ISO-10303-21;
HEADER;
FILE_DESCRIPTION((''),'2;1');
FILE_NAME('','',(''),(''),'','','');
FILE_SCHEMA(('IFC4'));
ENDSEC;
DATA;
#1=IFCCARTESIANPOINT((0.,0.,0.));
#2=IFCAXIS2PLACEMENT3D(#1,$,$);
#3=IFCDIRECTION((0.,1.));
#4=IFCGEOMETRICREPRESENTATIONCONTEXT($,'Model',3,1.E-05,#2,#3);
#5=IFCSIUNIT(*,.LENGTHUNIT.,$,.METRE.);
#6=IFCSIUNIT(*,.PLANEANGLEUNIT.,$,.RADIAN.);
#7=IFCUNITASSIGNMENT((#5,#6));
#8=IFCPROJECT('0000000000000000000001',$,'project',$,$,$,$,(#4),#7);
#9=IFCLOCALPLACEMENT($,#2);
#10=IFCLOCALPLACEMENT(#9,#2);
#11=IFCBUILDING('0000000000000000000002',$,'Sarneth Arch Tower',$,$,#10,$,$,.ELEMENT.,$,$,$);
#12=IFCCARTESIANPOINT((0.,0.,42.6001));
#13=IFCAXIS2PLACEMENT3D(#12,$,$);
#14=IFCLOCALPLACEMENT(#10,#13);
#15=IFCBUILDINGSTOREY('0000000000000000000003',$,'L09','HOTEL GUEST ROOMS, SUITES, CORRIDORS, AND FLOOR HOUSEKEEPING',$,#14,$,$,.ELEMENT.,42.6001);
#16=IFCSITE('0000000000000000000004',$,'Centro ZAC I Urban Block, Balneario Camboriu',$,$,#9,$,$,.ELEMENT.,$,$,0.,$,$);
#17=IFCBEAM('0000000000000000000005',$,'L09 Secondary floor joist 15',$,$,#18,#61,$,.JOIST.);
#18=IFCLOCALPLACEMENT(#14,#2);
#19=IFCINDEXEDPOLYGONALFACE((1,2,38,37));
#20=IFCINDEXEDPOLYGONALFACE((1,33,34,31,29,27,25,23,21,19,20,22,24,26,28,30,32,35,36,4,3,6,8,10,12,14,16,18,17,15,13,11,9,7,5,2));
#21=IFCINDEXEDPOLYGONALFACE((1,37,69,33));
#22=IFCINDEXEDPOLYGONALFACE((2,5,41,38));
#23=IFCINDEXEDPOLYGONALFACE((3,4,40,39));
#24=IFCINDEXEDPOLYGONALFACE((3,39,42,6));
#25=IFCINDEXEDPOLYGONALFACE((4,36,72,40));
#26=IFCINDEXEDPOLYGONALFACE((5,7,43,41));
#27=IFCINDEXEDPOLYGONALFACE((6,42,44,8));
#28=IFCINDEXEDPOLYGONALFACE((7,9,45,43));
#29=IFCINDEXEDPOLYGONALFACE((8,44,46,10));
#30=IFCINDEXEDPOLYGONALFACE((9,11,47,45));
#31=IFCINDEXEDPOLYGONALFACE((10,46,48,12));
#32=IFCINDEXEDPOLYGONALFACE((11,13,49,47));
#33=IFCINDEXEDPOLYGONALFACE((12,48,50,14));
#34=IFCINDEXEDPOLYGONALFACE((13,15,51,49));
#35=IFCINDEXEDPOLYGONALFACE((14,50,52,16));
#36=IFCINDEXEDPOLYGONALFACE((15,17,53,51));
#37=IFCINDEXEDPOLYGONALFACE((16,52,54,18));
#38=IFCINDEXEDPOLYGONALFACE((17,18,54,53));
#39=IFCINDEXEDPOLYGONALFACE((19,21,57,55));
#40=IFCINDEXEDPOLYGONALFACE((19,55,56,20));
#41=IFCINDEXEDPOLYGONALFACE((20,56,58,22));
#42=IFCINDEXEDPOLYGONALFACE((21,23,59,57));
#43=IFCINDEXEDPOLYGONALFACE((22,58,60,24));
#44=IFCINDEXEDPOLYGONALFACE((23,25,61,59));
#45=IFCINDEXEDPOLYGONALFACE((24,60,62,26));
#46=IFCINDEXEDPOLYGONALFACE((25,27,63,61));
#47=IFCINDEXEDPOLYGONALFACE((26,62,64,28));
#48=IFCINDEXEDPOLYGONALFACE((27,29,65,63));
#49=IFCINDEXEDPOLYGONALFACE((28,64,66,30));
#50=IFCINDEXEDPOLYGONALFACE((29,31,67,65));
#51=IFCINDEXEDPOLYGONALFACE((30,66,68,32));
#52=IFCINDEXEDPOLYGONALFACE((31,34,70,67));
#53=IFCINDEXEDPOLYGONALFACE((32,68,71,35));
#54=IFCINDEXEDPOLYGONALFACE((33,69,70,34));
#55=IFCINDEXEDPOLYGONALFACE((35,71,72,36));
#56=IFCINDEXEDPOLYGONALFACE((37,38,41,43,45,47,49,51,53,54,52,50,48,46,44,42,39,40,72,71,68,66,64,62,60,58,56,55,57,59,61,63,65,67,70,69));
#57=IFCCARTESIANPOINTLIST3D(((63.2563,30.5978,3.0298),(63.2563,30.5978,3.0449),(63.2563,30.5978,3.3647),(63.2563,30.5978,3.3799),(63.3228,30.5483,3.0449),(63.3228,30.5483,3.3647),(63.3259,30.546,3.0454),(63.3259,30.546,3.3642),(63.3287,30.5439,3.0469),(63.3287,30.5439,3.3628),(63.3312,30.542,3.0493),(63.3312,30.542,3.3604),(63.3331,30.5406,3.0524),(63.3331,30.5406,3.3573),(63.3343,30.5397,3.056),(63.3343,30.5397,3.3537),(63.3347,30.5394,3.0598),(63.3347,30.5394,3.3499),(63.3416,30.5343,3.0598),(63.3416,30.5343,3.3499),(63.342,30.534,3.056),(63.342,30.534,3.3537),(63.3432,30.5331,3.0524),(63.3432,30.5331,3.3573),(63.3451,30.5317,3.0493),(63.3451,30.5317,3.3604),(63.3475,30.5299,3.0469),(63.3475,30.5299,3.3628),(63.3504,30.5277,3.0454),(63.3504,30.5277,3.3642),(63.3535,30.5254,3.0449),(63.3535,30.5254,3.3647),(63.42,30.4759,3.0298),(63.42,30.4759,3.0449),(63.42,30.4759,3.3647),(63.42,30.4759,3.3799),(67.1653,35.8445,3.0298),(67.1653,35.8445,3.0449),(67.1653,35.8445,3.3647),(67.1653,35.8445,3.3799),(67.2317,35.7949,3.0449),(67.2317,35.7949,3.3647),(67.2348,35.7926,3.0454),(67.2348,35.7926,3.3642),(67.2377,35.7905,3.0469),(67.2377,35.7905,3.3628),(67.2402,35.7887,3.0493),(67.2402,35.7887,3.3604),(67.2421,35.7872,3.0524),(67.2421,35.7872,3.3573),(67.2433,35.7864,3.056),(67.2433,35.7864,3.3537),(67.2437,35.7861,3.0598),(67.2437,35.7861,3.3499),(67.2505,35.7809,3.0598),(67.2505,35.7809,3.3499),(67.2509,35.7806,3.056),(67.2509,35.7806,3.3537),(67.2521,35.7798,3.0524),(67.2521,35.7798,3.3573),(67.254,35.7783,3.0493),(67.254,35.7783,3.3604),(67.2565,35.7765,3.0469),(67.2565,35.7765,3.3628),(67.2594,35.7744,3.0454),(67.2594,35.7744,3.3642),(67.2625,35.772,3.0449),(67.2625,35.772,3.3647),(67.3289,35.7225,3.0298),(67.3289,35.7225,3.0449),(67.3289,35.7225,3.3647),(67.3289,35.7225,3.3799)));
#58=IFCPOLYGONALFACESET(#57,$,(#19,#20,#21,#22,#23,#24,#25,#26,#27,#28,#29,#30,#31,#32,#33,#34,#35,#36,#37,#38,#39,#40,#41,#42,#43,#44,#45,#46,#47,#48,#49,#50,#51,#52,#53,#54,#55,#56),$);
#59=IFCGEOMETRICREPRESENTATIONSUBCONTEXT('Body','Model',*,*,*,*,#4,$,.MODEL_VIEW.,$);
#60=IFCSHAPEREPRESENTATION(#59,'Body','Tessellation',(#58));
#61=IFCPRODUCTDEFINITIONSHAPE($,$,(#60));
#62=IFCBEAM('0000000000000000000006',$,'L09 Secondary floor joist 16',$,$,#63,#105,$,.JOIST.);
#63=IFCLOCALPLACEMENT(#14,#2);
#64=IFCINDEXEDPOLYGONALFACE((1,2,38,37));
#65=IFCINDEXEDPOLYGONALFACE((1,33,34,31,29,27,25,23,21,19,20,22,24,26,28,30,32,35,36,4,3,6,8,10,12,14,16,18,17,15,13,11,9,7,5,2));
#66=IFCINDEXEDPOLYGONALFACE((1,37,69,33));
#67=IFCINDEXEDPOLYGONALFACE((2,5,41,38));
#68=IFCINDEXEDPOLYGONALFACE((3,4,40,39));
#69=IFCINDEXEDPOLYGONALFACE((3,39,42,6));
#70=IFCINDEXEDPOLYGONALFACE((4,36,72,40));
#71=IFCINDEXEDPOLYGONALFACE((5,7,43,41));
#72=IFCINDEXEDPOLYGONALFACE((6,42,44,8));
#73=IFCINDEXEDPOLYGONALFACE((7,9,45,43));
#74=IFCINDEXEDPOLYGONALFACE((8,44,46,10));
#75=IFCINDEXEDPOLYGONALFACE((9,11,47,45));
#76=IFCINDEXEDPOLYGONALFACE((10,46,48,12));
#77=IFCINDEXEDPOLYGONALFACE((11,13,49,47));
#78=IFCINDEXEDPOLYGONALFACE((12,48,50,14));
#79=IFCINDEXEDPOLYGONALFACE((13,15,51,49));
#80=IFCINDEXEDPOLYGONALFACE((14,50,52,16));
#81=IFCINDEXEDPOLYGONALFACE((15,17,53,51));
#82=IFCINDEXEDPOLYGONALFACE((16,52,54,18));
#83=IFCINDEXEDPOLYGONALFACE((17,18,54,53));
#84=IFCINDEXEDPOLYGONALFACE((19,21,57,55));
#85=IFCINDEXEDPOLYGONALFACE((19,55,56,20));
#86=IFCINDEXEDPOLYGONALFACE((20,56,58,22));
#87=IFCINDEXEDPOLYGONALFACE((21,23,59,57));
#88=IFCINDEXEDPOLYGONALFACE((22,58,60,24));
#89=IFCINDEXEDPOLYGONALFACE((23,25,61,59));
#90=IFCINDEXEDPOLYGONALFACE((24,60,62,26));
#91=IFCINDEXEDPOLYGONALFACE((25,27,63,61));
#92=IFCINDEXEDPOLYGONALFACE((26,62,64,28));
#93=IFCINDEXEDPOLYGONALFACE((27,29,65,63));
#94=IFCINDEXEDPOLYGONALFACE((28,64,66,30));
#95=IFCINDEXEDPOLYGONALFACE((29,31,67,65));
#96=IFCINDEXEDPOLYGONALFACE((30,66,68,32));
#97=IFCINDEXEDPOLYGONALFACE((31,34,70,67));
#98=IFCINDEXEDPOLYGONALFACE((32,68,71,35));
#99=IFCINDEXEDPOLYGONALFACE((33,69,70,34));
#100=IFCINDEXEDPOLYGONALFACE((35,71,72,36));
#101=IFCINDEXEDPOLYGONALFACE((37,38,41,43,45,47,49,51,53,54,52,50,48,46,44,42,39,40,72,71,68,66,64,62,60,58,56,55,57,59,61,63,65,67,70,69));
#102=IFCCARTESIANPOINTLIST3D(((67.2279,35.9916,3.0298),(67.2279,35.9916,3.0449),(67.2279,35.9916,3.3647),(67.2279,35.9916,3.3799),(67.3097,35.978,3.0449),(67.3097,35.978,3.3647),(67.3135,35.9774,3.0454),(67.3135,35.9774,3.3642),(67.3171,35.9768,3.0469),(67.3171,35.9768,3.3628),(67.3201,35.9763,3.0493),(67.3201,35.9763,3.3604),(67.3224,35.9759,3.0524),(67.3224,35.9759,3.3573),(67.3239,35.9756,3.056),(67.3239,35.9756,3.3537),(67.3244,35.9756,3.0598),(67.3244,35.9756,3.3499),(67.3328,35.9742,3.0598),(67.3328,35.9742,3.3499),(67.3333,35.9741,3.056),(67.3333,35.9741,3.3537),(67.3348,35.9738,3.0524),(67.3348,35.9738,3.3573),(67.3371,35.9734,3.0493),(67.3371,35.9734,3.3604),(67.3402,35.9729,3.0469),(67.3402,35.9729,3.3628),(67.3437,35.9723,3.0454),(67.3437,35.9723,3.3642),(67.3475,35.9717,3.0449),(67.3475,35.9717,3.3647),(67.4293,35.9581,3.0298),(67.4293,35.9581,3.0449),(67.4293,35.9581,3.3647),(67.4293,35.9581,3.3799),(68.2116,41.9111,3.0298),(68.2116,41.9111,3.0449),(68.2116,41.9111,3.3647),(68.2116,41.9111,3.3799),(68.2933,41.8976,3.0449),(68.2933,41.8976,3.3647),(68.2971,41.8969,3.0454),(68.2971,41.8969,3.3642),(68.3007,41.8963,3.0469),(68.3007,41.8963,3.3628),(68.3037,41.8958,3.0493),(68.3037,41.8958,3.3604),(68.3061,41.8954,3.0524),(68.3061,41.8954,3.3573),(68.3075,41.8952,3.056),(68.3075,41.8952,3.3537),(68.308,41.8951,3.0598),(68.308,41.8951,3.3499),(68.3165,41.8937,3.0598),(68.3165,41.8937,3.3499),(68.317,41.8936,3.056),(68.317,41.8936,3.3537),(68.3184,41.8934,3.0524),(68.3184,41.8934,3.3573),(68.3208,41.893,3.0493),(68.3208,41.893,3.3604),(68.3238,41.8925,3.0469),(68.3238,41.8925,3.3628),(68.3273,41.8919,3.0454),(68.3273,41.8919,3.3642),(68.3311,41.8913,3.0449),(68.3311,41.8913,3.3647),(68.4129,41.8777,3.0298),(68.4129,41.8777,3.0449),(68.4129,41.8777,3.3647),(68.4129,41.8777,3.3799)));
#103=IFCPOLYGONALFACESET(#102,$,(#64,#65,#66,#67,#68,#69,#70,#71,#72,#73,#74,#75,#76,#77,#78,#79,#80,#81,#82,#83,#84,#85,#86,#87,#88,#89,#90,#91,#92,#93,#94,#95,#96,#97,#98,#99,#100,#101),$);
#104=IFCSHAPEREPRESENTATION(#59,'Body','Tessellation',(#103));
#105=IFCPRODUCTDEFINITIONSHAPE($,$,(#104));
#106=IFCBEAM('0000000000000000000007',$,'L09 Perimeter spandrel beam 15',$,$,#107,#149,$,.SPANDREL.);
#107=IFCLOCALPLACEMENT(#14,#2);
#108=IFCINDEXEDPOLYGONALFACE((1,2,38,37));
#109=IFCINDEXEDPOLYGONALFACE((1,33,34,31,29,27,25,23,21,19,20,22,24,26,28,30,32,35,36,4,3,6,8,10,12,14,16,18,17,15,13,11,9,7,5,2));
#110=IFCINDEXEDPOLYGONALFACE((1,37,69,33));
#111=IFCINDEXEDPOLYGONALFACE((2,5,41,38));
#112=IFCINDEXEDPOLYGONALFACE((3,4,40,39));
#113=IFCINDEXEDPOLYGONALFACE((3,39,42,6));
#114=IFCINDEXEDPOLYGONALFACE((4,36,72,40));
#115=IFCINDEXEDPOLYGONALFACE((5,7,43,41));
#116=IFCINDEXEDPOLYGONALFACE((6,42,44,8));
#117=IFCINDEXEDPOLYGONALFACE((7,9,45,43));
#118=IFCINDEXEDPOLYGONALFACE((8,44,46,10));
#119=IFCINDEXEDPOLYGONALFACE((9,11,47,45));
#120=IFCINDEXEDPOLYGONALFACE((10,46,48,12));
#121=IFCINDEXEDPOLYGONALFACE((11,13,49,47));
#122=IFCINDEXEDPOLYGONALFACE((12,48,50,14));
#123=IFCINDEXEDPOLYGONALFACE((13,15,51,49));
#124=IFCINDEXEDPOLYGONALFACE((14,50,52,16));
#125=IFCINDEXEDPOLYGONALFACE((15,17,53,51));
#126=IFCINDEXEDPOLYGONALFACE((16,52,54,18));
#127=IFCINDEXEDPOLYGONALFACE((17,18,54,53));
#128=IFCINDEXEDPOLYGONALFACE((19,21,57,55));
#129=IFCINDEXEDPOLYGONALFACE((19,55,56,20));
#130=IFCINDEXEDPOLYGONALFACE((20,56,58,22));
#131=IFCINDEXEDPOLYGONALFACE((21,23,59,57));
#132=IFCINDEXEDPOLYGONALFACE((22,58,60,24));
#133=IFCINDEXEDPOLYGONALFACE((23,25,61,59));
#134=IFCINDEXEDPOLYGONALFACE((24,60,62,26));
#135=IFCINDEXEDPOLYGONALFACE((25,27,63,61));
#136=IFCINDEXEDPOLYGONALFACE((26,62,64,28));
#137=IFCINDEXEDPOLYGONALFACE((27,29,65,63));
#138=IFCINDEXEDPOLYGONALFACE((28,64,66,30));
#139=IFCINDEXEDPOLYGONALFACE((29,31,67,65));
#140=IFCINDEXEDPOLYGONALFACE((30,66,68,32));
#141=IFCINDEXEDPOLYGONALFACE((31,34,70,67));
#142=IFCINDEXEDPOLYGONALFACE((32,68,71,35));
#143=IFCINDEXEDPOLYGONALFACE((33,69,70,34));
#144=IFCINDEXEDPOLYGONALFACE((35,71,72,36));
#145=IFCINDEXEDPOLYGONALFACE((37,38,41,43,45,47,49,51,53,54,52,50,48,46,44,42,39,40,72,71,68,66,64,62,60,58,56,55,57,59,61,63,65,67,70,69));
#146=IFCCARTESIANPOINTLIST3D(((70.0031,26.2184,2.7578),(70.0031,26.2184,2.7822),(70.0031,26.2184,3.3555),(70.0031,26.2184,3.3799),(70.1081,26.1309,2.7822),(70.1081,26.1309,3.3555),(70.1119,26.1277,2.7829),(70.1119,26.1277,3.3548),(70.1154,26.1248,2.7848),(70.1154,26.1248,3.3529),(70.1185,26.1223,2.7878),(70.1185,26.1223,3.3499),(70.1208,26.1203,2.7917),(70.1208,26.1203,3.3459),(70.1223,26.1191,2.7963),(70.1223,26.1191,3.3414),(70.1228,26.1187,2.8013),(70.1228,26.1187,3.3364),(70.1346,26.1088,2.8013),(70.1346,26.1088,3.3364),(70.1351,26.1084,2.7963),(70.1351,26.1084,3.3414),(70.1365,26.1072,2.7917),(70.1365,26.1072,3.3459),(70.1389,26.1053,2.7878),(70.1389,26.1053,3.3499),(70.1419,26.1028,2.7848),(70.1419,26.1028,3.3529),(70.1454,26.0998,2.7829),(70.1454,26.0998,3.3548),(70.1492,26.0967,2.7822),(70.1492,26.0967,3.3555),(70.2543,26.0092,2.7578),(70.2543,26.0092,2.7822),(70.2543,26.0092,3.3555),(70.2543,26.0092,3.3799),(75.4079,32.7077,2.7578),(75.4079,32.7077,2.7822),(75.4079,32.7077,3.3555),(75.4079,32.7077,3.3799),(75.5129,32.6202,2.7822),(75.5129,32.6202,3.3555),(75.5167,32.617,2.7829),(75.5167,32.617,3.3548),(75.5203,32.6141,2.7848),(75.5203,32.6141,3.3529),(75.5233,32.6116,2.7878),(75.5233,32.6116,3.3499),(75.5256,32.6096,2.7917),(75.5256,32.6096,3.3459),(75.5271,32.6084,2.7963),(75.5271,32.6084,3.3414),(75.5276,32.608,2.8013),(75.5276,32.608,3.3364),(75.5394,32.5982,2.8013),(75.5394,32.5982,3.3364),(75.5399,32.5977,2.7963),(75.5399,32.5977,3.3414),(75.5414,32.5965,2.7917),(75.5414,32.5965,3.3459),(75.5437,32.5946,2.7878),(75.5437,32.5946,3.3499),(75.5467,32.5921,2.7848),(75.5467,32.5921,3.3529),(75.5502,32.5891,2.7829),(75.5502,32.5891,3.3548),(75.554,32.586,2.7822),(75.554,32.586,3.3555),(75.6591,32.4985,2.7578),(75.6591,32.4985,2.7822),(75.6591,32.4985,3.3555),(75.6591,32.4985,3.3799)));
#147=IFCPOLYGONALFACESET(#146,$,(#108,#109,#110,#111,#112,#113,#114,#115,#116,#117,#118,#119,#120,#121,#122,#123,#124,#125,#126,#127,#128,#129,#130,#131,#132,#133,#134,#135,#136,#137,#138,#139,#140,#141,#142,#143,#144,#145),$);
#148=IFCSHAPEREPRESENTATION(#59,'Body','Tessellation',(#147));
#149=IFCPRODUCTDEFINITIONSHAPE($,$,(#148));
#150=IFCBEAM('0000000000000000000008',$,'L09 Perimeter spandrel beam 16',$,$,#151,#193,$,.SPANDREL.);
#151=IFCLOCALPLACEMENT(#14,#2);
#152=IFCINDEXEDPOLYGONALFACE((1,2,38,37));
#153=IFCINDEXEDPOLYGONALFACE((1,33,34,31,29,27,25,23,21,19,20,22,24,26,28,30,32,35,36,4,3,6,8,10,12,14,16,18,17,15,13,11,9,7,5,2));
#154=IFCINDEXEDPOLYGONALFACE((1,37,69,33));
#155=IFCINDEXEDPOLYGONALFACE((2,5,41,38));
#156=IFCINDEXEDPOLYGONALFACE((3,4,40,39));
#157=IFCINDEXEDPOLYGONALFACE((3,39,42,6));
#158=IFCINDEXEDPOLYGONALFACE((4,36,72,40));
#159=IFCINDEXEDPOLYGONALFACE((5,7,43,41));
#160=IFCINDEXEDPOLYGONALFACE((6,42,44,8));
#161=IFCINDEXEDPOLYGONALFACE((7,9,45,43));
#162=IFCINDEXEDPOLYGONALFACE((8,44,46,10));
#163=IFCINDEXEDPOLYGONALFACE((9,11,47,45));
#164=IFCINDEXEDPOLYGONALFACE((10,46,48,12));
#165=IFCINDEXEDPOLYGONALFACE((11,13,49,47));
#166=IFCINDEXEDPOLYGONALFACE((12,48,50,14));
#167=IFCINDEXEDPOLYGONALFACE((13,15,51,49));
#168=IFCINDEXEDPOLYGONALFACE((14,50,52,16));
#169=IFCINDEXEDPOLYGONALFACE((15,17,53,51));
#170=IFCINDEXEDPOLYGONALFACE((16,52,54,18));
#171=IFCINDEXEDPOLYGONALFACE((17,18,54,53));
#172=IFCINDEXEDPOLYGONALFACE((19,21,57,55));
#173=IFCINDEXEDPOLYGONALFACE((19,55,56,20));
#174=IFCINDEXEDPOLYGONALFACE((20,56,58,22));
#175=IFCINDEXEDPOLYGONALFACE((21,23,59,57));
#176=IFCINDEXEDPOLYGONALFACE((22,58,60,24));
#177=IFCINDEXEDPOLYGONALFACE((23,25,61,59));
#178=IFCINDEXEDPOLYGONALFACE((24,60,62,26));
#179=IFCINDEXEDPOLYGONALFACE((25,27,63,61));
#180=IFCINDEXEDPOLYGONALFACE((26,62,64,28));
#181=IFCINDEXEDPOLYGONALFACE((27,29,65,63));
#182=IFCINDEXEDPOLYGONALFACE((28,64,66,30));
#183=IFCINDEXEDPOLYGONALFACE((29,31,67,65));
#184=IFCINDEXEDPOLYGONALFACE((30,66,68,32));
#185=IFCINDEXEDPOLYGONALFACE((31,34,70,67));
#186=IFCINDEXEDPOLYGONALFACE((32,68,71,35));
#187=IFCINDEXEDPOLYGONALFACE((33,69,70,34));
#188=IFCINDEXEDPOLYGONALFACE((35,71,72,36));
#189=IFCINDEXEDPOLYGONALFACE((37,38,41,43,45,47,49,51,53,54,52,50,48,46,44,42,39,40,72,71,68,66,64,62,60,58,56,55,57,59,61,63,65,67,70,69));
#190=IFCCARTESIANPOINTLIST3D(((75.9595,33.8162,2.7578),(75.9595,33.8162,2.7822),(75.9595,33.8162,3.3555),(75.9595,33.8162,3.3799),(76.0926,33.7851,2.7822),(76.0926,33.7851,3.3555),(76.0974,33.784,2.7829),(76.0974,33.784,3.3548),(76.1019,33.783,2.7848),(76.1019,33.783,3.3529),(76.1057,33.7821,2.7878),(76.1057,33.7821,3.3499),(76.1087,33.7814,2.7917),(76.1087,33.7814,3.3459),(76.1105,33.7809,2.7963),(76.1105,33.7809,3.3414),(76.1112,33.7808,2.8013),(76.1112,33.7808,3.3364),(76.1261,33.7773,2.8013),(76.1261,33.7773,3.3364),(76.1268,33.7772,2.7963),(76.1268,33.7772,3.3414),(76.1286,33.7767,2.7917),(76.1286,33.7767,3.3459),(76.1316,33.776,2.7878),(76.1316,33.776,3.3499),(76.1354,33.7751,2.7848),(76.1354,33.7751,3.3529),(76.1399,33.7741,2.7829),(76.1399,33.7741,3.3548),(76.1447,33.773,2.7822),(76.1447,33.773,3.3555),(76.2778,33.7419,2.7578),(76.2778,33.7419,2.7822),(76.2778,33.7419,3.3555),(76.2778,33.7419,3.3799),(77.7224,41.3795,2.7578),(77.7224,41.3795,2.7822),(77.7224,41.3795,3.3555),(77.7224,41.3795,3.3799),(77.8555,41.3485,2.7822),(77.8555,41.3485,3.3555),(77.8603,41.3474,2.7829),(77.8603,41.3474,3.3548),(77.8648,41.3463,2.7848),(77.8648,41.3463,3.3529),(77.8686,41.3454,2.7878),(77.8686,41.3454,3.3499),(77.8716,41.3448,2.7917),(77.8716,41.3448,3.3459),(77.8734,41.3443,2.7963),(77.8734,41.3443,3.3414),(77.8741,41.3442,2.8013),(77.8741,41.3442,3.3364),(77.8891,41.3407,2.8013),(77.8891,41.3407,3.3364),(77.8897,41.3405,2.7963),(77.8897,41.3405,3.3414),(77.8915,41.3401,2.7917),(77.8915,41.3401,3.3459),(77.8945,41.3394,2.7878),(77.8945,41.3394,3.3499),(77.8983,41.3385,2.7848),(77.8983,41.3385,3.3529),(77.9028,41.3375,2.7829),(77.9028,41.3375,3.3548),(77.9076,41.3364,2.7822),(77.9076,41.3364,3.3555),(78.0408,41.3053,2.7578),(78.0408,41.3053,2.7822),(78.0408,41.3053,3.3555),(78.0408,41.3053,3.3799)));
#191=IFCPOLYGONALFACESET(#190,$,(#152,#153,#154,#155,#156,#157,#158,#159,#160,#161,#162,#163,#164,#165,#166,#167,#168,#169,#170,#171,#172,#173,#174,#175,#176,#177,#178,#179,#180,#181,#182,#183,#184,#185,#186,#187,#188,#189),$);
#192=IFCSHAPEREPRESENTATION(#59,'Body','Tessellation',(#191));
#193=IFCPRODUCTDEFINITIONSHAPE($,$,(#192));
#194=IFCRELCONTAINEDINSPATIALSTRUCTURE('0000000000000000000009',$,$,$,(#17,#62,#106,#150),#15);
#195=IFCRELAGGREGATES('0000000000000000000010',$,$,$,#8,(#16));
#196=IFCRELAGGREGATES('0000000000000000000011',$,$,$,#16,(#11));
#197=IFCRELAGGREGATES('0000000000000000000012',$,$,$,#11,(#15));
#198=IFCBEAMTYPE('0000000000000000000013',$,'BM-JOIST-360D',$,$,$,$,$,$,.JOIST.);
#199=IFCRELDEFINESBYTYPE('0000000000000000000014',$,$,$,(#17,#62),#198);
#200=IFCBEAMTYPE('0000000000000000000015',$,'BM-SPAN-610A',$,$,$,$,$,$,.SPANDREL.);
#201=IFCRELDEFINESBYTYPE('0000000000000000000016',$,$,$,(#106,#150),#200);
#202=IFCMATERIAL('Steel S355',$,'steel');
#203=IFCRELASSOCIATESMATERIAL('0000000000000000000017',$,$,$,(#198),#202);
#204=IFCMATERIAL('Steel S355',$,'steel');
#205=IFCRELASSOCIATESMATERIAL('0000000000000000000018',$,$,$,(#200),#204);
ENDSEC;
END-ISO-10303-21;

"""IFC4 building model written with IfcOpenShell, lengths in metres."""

from ifc_helpers import new_model, si_unit, direction, frame, origin, origin_2d, place, context, subcontext, project, spatial, i_section, extrude, material, material_profile, profile_set, type_object, element, save


model = new_model("IFC4")

# Units and contexts
model_context = context("Model", 3, precision=1e-05, world=origin(), true_north=direction((0.0, 1.0)))
body_context = subcontext(model_context, "Body", "Model", "MODEL_VIEW")
ifc_project = project(units=[si_unit("LENGTHUNIT", "METRE"), si_unit("PLANEANGLEUNIT", "RADIAN")], contexts=[model_context])

# Site, building, storey
site_placement = place(None, origin())
site = spatial("IfcSite", under=ifc_project, at=site_placement, Name="Centro ZAC I Urban Block, Balneario Camboriu", CompositionType="ELEMENT", RefElevation=0.0)
building_placement = place(site_placement, origin())
building = spatial("IfcBuilding", under=site, at=building_placement, Name="Sarneth Arch Tower", CompositionType="ELEMENT")
storey_placement = place(building_placement, frame((0.0, 0.0, 42.6001)))
storey = spatial("IfcBuildingStorey", under=building, at=storey_placement, Name="L09", Description="HOTEL GUEST ROOMS, SUITES, CORRIDORS, AND FLOOR HOUSEKEEPING", CompositionType="ELEMENT", Elevation=42.6001)

# Beams
ifc_material_1 = material(Name="Steel S355", Category="steel")
ifc_material_profile_1 = material_profile(ifc_material_1, i_section(OverallWidth=0.2041, OverallDepth=0.3501, WebThickness=0.0085, FlangeThickness=0.0151, FilletRadius=0.0149, at=origin_2d()), Name="W360x72")
ifc_profile_set_1 = profile_set([ifc_material_profile_1], Name="Steel S355")
beam_type_1 = type_object("IfcBeamType", Name="BM-JOIST-360D", PredefinedType="JOIST", material=ifc_profile_set_1)
beam_1_placement = place(storey_placement, frame((63.3381, 30.5369, 3.2048), z_axis=(0.597454, 0.801904, 0.0), x_axis=(-0.801904, 0.597454, 0.0)))
element("IfcBeam", 1, at=beam_1_placement, inside=storey, type_object=beam_type_1, Name="L09 Secondary floor joist 15", PredefinedType="JOIST", context=body_context, shape_type="SweptSolid", body=[
    extrude(i_section(OverallWidth=0.2041, OverallDepth=0.3501, WebThickness=0.0085, FlangeThickness=0.0151, FilletRadius=0.0149, at=origin_2d()), origin(), (0.0, 0.0, 1.0), 6.5427),
])
beam_2_placement = place(storey_placement, frame((67.3286, 35.9749, 3.2048), z_axis=(0.163917, 0.986474, 0.0), x_axis=(-0.986474, 0.163917, 0.0)))
element("IfcBeam", 2, at=beam_2_placement, inside=storey, type_object=beam_type_1, Name="L09 Secondary floor joist 16", PredefinedType="JOIST", context=body_context, shape_type="SweptSolid", body=[
    extrude(i_section(OverallWidth=0.2041, OverallDepth=0.3501, WebThickness=0.0085, FlangeThickness=0.0151, FilletRadius=0.0149, at=origin_2d()), origin(), (0.0, 0.0, 1.0), 6.0007),
])
ifc_material_2 = material(Name="Steel S355", Category="steel")
ifc_material_profile_2 = material_profile(ifc_material_2, i_section(OverallWidth=0.3269, OverallDepth=0.6221, WebThickness=0.0154, FlangeThickness=0.0244, FilletRadius=0.019, at=origin_2d()), Name="W610x195")
ifc_profile_set_2 = profile_set([ifc_material_profile_2], Name="Steel S355")
beam_type_2 = type_object("IfcBeamType", Name="BM-SPAN-610A", PredefinedType="SPANDREL", material=ifc_profile_set_2)
beam_3_placement = place(storey_placement, frame((70.1287, 26.1138, 3.0688), z_axis=(0.63998, 0.768392, 0.0), x_axis=(-0.768392, 0.63998, 0.0)))
element("IfcBeam", 3, at=beam_3_placement, inside=storey, type_object=beam_type_2, Name="L09 Perimeter spandrel beam 15", PredefinedType="SPANDREL", context=body_context, shape_type="SweptSolid", body=[
    extrude(i_section(OverallWidth=0.3269, OverallDepth=0.6221, WebThickness=0.0154, FlangeThickness=0.0244, FilletRadius=0.019, at=origin_2d()), origin(), (0.0, 0.0, 1.0), 8.4453),
])
beam_4_placement = place(storey_placement, frame((76.1187, 33.7791, 3.0688), z_axis=(0.227001, 0.973895, 0.0), x_axis=(-0.973895, 0.227001, 0.0)))
element("IfcBeam", 4, at=beam_4_placement, inside=storey, type_object=beam_type_2, Name="L09 Perimeter spandrel beam 16", PredefinedType="SPANDREL", context=body_context, shape_type="SweptSolid", body=[
    extrude(i_section(OverallWidth=0.3269, OverallDepth=0.6221, WebThickness=0.0154, FlangeThickness=0.0244, FilletRadius=0.019, at=origin_2d()), origin(), (0.0, 0.0, 1.0), 7.7661),
])

save(model, "model.ifc")
